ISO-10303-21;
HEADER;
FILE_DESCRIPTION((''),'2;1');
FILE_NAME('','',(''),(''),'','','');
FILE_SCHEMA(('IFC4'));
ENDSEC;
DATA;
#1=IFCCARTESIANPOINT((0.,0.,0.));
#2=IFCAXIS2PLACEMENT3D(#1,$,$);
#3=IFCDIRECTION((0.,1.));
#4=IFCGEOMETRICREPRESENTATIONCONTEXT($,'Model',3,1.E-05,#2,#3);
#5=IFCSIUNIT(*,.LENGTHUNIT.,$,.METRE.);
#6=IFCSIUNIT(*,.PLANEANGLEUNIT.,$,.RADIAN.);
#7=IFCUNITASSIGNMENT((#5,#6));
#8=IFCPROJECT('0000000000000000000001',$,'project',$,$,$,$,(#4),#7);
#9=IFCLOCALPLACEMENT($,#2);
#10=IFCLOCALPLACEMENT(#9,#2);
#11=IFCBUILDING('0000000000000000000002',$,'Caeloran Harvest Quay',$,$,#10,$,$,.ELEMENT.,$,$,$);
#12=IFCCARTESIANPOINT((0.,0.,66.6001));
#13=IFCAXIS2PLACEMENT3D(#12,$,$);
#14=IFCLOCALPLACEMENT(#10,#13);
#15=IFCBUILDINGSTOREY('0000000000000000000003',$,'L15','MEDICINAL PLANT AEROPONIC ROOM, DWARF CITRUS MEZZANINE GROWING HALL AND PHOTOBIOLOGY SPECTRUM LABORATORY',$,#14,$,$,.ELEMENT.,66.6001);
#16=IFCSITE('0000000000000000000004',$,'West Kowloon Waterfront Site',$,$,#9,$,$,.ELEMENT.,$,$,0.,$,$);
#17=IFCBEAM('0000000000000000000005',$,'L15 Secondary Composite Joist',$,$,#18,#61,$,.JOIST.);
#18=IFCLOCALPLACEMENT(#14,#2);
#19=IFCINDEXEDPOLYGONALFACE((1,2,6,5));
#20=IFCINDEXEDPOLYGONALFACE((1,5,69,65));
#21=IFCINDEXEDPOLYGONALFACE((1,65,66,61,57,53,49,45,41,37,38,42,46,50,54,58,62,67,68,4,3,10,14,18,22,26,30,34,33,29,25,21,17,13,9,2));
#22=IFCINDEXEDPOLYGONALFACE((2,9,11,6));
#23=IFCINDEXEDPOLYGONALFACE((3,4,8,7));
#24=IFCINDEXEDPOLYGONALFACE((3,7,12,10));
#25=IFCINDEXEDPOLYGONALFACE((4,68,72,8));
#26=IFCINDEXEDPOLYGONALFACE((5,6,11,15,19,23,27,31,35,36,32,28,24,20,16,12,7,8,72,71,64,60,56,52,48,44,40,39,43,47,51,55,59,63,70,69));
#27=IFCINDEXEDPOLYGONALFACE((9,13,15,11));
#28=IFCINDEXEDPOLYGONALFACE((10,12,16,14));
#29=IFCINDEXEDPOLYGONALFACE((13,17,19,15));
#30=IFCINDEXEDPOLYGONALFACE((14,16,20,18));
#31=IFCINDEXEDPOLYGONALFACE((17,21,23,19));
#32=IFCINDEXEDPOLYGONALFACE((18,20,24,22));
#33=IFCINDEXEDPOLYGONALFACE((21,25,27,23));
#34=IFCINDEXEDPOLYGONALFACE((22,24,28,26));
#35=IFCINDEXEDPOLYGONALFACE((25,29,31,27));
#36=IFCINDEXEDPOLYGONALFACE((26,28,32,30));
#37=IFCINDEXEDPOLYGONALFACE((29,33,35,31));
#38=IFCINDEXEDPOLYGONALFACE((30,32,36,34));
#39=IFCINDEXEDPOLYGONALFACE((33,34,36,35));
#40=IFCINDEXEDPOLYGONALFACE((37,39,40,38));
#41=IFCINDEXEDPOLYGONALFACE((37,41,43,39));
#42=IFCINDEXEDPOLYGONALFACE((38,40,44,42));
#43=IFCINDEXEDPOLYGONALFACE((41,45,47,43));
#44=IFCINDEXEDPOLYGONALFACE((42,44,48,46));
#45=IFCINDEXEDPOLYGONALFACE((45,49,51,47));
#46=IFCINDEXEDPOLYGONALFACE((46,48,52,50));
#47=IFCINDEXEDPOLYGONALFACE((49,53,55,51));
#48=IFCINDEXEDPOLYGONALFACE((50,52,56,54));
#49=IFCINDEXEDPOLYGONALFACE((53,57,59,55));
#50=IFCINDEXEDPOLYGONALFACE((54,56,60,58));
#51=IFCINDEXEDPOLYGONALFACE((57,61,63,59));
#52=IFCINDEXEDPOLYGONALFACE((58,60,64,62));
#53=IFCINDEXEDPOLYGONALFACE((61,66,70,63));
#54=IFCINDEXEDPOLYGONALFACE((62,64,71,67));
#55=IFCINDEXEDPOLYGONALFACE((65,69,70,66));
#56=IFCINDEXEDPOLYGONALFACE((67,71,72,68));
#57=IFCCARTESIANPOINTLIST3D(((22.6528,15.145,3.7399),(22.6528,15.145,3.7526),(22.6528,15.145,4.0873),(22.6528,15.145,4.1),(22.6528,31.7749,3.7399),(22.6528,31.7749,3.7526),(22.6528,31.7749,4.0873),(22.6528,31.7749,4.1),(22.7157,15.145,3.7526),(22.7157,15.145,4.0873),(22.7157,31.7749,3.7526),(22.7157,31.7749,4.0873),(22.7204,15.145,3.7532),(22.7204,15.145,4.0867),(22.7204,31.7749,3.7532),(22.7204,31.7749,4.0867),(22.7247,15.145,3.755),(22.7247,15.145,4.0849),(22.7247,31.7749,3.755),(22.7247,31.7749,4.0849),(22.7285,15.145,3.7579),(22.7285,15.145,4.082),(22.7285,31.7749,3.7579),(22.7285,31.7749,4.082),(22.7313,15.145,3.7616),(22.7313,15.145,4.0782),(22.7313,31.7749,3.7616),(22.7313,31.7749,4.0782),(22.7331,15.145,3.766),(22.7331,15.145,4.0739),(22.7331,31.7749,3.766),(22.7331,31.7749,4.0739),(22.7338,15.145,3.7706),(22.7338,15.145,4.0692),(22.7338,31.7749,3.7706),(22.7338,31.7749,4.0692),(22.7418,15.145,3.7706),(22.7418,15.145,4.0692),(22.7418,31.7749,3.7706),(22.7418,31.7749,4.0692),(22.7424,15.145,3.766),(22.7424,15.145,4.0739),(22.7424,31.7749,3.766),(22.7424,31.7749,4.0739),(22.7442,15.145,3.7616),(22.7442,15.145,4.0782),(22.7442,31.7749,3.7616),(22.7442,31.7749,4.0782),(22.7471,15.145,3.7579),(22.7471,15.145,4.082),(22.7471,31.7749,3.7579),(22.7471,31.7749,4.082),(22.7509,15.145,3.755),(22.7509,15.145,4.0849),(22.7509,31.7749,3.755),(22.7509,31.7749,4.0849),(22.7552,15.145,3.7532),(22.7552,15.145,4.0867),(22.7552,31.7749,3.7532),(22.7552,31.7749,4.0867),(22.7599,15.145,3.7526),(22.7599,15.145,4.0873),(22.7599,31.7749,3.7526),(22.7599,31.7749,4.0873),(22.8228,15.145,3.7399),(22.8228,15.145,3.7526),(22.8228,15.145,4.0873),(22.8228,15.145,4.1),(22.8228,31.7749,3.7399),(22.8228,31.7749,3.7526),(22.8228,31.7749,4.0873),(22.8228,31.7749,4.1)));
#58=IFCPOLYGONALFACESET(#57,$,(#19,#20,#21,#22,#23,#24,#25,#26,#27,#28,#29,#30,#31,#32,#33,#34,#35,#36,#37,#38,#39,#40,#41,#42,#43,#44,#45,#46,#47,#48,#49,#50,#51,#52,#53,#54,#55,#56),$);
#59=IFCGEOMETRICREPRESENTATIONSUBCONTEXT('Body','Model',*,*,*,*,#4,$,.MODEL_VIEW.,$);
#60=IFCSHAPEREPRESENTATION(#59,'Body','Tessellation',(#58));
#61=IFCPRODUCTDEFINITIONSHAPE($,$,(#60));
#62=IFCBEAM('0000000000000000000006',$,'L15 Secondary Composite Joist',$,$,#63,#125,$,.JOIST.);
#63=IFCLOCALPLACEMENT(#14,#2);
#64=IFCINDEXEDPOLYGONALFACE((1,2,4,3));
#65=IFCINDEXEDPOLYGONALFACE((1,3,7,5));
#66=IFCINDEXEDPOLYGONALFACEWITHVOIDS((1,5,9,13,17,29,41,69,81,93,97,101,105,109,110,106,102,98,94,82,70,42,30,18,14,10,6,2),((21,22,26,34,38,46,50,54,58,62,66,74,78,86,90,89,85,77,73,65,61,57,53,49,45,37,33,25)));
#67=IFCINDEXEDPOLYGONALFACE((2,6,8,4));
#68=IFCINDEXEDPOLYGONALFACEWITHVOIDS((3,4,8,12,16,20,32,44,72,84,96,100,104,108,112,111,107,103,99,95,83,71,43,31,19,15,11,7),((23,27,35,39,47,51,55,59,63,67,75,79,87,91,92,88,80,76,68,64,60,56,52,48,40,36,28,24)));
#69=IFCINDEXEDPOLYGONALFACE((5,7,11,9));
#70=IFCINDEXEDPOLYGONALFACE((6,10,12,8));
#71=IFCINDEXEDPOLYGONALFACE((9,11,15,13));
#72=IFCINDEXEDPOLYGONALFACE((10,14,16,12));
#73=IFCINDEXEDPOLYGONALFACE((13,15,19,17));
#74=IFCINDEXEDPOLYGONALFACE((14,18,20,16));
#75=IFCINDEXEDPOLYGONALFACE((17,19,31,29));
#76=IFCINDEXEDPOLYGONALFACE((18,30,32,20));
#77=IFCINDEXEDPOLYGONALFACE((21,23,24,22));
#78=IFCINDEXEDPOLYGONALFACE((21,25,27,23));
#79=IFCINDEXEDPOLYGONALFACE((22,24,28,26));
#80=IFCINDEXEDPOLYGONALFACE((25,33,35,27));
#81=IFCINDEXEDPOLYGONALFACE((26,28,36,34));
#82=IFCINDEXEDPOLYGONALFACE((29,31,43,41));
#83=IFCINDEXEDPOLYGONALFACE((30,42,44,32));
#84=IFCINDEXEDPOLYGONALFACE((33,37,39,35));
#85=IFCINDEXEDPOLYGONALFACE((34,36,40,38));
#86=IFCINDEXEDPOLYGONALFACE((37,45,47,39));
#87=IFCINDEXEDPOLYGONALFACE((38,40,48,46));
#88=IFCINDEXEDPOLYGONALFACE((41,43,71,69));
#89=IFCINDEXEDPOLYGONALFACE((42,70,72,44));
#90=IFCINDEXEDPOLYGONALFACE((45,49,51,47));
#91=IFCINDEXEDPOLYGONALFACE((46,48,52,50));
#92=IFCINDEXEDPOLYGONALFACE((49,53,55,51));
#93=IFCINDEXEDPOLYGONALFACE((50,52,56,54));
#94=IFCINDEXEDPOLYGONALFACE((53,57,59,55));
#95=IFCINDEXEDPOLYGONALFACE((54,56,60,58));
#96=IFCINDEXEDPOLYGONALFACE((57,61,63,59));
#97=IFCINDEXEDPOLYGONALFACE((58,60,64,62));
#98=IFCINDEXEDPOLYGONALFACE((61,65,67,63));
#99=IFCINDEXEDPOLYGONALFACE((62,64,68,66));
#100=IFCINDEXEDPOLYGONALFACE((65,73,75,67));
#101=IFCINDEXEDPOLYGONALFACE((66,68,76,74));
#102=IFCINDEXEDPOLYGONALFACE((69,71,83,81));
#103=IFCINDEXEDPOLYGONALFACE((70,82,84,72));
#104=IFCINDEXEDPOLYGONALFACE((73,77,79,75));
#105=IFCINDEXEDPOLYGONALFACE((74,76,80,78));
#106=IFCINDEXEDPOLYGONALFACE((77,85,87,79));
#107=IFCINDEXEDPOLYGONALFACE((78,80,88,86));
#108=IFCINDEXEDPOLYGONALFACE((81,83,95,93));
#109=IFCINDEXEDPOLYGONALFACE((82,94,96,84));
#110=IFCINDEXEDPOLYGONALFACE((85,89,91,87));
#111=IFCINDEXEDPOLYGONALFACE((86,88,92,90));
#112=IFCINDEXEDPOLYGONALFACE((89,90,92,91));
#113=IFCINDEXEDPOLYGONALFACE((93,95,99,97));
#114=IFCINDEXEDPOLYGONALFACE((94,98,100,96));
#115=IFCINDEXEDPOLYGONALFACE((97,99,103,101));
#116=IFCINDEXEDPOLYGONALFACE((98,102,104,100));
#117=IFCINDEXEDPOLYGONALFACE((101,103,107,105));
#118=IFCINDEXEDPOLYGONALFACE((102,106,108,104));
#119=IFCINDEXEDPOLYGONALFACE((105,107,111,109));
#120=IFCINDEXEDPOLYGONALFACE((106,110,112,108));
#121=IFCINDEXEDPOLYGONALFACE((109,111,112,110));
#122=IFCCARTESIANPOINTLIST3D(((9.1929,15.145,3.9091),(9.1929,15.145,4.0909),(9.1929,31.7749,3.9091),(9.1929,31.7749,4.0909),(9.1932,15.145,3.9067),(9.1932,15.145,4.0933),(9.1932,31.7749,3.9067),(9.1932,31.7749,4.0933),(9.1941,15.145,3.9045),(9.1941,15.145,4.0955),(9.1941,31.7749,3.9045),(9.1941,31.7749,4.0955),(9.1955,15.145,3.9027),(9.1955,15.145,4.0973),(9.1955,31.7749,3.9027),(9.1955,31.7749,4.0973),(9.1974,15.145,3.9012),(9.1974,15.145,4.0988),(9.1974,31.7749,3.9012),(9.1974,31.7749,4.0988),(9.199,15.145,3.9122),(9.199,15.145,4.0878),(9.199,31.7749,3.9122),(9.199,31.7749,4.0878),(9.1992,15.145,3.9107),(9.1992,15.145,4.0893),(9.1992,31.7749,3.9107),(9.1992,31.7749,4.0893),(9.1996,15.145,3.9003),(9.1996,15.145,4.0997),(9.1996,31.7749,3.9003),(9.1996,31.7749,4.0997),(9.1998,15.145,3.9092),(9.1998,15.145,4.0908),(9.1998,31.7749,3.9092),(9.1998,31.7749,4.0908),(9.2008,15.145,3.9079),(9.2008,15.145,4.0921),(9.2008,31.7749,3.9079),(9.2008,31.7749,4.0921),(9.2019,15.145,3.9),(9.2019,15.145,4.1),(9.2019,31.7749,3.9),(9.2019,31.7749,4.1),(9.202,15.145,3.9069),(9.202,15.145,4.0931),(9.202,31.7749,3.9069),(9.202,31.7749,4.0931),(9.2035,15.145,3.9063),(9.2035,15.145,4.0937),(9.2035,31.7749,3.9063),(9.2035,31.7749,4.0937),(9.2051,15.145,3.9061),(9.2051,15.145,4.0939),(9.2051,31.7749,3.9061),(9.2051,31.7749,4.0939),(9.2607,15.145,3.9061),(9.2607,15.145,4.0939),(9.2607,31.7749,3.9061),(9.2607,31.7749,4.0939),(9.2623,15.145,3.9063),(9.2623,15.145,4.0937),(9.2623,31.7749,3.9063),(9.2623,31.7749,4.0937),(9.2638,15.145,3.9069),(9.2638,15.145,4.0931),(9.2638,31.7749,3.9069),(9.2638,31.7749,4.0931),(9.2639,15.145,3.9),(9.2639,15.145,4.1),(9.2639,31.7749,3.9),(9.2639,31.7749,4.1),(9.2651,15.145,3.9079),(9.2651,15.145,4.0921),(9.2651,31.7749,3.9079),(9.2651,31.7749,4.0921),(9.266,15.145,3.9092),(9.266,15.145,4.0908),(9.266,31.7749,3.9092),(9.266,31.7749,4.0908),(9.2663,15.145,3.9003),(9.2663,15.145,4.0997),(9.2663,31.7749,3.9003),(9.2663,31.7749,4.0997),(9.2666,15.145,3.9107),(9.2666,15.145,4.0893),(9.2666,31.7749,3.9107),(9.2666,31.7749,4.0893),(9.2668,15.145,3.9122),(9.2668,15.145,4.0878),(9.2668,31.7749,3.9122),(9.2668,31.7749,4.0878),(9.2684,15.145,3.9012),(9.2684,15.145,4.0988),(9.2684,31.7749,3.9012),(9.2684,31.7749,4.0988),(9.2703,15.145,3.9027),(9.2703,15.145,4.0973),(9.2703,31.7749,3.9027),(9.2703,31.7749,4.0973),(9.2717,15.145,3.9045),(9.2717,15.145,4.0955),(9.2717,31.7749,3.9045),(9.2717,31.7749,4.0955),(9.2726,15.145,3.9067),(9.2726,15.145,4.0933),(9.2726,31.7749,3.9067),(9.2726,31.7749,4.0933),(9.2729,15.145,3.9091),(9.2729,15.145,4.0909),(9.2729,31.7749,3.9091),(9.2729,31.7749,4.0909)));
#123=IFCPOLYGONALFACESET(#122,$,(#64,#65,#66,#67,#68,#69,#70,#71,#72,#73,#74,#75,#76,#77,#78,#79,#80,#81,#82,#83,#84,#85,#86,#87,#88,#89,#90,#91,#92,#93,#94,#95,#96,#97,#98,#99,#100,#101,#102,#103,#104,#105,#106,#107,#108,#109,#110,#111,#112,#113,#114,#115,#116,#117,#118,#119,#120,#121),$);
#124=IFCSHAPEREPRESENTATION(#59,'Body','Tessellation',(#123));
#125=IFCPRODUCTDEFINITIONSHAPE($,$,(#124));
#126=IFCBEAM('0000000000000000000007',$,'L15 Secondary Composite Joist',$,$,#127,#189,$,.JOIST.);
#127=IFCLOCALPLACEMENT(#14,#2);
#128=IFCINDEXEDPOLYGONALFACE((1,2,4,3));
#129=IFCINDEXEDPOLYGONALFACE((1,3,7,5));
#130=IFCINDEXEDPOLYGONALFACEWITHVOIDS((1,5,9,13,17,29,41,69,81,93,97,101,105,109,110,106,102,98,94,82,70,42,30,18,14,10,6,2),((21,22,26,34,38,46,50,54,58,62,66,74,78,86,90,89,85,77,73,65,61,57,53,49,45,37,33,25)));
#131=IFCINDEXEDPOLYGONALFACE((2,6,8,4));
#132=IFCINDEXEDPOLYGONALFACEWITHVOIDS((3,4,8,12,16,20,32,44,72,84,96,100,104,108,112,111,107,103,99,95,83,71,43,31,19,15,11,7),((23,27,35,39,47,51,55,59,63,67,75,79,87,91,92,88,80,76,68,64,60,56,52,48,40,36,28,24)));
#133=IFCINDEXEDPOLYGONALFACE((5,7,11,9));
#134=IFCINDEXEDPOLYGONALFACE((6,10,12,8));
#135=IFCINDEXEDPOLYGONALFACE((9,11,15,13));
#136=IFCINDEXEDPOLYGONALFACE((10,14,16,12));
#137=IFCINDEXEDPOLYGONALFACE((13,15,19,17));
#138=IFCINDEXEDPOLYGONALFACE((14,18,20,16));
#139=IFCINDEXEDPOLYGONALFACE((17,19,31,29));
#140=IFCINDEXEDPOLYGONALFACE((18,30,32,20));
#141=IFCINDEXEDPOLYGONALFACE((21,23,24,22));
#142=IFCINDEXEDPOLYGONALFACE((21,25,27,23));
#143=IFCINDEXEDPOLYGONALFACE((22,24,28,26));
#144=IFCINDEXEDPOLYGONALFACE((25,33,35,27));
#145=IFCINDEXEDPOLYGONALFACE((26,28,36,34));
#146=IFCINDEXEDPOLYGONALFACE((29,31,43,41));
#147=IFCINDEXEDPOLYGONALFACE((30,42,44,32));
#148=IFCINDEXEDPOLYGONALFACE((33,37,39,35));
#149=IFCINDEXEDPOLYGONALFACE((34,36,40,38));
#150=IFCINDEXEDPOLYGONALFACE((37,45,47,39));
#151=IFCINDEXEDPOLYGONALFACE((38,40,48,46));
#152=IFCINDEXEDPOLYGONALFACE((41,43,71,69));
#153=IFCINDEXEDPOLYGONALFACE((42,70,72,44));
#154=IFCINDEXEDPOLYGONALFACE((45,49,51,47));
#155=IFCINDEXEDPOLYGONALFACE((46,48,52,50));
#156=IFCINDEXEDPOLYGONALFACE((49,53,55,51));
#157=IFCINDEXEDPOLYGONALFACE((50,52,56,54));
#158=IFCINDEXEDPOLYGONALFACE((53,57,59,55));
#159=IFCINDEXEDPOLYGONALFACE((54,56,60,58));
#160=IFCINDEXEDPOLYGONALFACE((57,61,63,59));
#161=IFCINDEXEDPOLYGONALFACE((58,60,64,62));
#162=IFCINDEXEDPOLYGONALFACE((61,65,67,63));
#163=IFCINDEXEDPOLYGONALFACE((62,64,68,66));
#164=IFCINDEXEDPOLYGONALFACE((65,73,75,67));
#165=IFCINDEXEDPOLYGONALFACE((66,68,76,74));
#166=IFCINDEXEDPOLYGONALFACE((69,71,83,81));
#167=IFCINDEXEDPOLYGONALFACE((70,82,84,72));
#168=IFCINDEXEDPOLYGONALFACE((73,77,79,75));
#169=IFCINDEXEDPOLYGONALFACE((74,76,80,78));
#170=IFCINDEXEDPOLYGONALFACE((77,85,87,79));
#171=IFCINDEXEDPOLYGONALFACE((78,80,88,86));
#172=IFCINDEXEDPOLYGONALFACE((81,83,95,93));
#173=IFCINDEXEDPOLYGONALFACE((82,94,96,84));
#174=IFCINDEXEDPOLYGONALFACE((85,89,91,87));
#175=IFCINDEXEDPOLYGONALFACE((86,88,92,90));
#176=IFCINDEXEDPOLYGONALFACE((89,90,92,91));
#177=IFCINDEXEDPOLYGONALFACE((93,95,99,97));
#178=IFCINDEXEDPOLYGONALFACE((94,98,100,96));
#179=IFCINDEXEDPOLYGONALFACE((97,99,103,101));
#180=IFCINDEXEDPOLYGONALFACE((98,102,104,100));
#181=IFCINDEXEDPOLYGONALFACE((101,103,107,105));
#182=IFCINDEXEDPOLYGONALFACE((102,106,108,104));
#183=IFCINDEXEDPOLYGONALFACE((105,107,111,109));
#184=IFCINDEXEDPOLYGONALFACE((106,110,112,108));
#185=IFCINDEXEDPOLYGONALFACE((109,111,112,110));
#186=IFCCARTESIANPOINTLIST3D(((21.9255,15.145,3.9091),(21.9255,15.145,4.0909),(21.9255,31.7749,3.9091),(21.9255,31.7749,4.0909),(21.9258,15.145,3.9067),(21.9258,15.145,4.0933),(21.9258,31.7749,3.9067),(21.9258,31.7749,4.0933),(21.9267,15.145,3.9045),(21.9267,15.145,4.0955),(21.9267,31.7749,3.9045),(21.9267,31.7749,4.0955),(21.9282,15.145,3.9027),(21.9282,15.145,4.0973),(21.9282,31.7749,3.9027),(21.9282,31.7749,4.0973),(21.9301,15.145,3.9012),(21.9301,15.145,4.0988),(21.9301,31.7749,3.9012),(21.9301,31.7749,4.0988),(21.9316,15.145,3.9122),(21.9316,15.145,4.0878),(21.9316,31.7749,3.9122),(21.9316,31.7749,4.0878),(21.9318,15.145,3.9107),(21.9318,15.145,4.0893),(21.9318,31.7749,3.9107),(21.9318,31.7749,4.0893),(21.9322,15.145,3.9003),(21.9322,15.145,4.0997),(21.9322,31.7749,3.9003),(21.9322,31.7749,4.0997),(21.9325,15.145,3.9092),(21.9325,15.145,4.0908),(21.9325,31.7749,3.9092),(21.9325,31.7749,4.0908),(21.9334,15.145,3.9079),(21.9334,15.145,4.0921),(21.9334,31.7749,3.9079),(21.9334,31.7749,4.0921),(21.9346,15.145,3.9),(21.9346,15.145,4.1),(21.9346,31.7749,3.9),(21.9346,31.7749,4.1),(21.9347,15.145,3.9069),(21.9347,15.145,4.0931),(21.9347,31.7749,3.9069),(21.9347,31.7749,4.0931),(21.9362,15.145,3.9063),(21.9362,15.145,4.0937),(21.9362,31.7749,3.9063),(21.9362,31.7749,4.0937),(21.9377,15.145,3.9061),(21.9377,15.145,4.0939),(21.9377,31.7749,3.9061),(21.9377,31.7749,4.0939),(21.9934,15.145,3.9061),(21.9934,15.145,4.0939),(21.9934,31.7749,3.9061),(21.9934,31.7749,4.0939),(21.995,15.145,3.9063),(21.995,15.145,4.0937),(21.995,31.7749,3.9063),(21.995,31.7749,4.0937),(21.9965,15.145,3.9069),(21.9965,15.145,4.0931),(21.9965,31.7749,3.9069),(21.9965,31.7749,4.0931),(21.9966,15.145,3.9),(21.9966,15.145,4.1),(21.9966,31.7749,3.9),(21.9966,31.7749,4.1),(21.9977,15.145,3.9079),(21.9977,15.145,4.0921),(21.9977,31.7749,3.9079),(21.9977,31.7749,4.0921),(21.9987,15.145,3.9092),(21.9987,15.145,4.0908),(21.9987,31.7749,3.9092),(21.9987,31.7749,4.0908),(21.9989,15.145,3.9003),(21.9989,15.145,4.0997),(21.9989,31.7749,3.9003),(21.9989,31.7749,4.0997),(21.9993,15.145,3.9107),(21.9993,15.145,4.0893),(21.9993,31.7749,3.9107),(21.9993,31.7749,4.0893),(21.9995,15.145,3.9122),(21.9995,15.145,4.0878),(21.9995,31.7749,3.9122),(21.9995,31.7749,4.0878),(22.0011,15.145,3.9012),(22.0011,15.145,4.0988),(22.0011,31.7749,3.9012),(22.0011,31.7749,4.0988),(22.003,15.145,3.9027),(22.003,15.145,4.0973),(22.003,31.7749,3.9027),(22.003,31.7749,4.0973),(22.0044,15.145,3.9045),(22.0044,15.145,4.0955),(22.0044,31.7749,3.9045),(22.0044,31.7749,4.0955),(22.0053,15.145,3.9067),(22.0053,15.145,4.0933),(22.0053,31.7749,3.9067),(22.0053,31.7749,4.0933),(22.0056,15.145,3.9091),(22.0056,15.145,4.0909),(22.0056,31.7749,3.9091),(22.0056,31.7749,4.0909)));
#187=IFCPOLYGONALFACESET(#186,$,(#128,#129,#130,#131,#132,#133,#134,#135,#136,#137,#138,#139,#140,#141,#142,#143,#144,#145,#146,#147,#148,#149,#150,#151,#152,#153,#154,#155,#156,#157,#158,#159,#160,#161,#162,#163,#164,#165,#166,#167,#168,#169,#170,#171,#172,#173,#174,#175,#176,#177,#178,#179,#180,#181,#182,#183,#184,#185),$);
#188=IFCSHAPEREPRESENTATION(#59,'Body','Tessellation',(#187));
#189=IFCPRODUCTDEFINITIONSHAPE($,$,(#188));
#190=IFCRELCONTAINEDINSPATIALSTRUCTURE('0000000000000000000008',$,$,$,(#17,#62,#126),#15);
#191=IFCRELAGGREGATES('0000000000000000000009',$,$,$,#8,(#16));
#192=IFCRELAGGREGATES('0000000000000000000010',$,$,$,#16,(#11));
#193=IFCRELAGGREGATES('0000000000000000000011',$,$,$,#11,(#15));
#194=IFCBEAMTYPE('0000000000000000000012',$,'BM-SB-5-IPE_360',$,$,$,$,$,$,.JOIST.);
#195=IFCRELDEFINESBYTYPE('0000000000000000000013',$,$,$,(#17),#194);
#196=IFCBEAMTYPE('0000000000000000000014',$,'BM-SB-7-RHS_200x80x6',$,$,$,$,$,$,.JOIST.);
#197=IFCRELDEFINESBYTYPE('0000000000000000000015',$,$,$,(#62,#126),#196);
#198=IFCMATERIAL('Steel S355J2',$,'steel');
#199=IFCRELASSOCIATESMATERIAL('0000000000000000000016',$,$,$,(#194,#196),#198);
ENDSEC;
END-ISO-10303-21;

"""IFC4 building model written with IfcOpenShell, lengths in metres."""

from ifc_helpers import new_model, si_unit, direction, frame, origin, origin_2d, place, context, subcontext, project, spatial, hollow_rectangle, i_section, extrude, material, material_profile, profile_set, type_object, element, save


model = new_model("IFC4")

# Units and contexts
model_context = context("Model", 3, precision=1e-05, world=origin(), true_north=direction((0.0, 1.0)))
body_context = subcontext(model_context, "Body", "Model", "MODEL_VIEW")
ifc_project = project(units=[si_unit("LENGTHUNIT", "METRE"), si_unit("PLANEANGLEUNIT", "RADIAN")], contexts=[model_context])

# Site, building, storey
site_placement = place(None, origin())
site = spatial("IfcSite", under=ifc_project, at=site_placement, Name="West Kowloon Waterfront Site", CompositionType="ELEMENT", RefElevation=0.0)
building_placement = place(site_placement, origin())
building = spatial("IfcBuilding", under=site, at=building_placement, Name="Caeloran Harvest Quay", CompositionType="ELEMENT")
storey_placement = place(building_placement, frame((0.0, 0.0, 66.6001)))
storey = spatial("IfcBuildingStorey", under=building, at=storey_placement, Name="L15", Description="MEDICINAL PLANT AEROPONIC ROOM, DWARF CITRUS MEZZANINE GROWING HALL AND PHOTOBIOLOGY SPECTRUM LABORATORY", CompositionType="ELEMENT", Elevation=66.6001)

# Beams
ifc_material_1 = material(Name="Steel S355J2", Category="steel")
ifc_material_profile_1 = material_profile(ifc_material_1, i_section(OverallWidth=0.1699, OverallDepth=0.3601, WebThickness=0.0081, FlangeThickness=0.0127, FilletRadius=0.0181, at=origin_2d()), Name="IPE 360")
ifc_profile_set_1 = profile_set([ifc_material_profile_1], Name="Steel S355J2")
beam_type_1 = type_object("IfcBeamType", Name="BM-SB-5-IPE_360", PredefinedType="JOIST", material=ifc_profile_set_1)
for number, where, z_axis, x_axis, name in (
    (1, (22.7378, 15.145, 3.9199), (0.0, 1.0, 0.0), (-1.0, 0.0, 0.0), "L15 Secondary Composite Joist"),
):
    element("IfcBeam", number, at=place(storey_placement, frame(where, z_axis=z_axis, x_axis=x_axis)), inside=storey, type_object=beam_type_1, Name=name, PredefinedType="JOIST", context=body_context, shape_type="SweptSolid", body=[
        extrude(i_section(OverallWidth=0.1699, OverallDepth=0.3601, WebThickness=0.0081, FlangeThickness=0.0127, FilletRadius=0.0181, at=origin_2d()), origin(), (0.0, 0.0, 1.0), 16.6299),
    ])
ifc_material_profile_2 = material_profile(ifc_material_1, hollow_rectangle(XDim=0.0801, YDim=0.2, WallThickness=0.0061, InnerFilletRadius=0.0061, OuterFilletRadius=0.009, at=origin_2d()), Name="RHS 200x80x6")
ifc_profile_set_2 = profile_set([ifc_material_profile_2], Name="Steel S355J2")
beam_type_2 = type_object("IfcBeamType", Name="BM-SB-7-RHS_200x80x6", PredefinedType="JOIST", material=ifc_profile_set_2)
for number, where, z_axis, x_axis, name in (
    (2, (9.2329, 15.145, 4.0), (0.0, 1.0, 0.0), (-1.0, 0.0, 0.0), "L15 Secondary Composite Joist"),
    (3, (21.9656, 15.145, 4.0), (0.0, 1.0, 0.0), (-1.0, 0.0, 0.0), "L15 Secondary Composite Joist"),
):
    element("IfcBeam", number, at=place(storey_placement, frame(where, z_axis=z_axis, x_axis=x_axis)), inside=storey, type_object=beam_type_2, Name=name, PredefinedType="JOIST", context=body_context, shape_type="SweptSolid", body=[
        extrude(hollow_rectangle(XDim=0.0801, YDim=0.2, WallThickness=0.0061, InnerFilletRadius=0.0061, OuterFilletRadius=0.009, at=origin_2d()), origin(), (0.0, 0.0, 1.0), 16.6299),
    ])

save(model, "model.ifc")
